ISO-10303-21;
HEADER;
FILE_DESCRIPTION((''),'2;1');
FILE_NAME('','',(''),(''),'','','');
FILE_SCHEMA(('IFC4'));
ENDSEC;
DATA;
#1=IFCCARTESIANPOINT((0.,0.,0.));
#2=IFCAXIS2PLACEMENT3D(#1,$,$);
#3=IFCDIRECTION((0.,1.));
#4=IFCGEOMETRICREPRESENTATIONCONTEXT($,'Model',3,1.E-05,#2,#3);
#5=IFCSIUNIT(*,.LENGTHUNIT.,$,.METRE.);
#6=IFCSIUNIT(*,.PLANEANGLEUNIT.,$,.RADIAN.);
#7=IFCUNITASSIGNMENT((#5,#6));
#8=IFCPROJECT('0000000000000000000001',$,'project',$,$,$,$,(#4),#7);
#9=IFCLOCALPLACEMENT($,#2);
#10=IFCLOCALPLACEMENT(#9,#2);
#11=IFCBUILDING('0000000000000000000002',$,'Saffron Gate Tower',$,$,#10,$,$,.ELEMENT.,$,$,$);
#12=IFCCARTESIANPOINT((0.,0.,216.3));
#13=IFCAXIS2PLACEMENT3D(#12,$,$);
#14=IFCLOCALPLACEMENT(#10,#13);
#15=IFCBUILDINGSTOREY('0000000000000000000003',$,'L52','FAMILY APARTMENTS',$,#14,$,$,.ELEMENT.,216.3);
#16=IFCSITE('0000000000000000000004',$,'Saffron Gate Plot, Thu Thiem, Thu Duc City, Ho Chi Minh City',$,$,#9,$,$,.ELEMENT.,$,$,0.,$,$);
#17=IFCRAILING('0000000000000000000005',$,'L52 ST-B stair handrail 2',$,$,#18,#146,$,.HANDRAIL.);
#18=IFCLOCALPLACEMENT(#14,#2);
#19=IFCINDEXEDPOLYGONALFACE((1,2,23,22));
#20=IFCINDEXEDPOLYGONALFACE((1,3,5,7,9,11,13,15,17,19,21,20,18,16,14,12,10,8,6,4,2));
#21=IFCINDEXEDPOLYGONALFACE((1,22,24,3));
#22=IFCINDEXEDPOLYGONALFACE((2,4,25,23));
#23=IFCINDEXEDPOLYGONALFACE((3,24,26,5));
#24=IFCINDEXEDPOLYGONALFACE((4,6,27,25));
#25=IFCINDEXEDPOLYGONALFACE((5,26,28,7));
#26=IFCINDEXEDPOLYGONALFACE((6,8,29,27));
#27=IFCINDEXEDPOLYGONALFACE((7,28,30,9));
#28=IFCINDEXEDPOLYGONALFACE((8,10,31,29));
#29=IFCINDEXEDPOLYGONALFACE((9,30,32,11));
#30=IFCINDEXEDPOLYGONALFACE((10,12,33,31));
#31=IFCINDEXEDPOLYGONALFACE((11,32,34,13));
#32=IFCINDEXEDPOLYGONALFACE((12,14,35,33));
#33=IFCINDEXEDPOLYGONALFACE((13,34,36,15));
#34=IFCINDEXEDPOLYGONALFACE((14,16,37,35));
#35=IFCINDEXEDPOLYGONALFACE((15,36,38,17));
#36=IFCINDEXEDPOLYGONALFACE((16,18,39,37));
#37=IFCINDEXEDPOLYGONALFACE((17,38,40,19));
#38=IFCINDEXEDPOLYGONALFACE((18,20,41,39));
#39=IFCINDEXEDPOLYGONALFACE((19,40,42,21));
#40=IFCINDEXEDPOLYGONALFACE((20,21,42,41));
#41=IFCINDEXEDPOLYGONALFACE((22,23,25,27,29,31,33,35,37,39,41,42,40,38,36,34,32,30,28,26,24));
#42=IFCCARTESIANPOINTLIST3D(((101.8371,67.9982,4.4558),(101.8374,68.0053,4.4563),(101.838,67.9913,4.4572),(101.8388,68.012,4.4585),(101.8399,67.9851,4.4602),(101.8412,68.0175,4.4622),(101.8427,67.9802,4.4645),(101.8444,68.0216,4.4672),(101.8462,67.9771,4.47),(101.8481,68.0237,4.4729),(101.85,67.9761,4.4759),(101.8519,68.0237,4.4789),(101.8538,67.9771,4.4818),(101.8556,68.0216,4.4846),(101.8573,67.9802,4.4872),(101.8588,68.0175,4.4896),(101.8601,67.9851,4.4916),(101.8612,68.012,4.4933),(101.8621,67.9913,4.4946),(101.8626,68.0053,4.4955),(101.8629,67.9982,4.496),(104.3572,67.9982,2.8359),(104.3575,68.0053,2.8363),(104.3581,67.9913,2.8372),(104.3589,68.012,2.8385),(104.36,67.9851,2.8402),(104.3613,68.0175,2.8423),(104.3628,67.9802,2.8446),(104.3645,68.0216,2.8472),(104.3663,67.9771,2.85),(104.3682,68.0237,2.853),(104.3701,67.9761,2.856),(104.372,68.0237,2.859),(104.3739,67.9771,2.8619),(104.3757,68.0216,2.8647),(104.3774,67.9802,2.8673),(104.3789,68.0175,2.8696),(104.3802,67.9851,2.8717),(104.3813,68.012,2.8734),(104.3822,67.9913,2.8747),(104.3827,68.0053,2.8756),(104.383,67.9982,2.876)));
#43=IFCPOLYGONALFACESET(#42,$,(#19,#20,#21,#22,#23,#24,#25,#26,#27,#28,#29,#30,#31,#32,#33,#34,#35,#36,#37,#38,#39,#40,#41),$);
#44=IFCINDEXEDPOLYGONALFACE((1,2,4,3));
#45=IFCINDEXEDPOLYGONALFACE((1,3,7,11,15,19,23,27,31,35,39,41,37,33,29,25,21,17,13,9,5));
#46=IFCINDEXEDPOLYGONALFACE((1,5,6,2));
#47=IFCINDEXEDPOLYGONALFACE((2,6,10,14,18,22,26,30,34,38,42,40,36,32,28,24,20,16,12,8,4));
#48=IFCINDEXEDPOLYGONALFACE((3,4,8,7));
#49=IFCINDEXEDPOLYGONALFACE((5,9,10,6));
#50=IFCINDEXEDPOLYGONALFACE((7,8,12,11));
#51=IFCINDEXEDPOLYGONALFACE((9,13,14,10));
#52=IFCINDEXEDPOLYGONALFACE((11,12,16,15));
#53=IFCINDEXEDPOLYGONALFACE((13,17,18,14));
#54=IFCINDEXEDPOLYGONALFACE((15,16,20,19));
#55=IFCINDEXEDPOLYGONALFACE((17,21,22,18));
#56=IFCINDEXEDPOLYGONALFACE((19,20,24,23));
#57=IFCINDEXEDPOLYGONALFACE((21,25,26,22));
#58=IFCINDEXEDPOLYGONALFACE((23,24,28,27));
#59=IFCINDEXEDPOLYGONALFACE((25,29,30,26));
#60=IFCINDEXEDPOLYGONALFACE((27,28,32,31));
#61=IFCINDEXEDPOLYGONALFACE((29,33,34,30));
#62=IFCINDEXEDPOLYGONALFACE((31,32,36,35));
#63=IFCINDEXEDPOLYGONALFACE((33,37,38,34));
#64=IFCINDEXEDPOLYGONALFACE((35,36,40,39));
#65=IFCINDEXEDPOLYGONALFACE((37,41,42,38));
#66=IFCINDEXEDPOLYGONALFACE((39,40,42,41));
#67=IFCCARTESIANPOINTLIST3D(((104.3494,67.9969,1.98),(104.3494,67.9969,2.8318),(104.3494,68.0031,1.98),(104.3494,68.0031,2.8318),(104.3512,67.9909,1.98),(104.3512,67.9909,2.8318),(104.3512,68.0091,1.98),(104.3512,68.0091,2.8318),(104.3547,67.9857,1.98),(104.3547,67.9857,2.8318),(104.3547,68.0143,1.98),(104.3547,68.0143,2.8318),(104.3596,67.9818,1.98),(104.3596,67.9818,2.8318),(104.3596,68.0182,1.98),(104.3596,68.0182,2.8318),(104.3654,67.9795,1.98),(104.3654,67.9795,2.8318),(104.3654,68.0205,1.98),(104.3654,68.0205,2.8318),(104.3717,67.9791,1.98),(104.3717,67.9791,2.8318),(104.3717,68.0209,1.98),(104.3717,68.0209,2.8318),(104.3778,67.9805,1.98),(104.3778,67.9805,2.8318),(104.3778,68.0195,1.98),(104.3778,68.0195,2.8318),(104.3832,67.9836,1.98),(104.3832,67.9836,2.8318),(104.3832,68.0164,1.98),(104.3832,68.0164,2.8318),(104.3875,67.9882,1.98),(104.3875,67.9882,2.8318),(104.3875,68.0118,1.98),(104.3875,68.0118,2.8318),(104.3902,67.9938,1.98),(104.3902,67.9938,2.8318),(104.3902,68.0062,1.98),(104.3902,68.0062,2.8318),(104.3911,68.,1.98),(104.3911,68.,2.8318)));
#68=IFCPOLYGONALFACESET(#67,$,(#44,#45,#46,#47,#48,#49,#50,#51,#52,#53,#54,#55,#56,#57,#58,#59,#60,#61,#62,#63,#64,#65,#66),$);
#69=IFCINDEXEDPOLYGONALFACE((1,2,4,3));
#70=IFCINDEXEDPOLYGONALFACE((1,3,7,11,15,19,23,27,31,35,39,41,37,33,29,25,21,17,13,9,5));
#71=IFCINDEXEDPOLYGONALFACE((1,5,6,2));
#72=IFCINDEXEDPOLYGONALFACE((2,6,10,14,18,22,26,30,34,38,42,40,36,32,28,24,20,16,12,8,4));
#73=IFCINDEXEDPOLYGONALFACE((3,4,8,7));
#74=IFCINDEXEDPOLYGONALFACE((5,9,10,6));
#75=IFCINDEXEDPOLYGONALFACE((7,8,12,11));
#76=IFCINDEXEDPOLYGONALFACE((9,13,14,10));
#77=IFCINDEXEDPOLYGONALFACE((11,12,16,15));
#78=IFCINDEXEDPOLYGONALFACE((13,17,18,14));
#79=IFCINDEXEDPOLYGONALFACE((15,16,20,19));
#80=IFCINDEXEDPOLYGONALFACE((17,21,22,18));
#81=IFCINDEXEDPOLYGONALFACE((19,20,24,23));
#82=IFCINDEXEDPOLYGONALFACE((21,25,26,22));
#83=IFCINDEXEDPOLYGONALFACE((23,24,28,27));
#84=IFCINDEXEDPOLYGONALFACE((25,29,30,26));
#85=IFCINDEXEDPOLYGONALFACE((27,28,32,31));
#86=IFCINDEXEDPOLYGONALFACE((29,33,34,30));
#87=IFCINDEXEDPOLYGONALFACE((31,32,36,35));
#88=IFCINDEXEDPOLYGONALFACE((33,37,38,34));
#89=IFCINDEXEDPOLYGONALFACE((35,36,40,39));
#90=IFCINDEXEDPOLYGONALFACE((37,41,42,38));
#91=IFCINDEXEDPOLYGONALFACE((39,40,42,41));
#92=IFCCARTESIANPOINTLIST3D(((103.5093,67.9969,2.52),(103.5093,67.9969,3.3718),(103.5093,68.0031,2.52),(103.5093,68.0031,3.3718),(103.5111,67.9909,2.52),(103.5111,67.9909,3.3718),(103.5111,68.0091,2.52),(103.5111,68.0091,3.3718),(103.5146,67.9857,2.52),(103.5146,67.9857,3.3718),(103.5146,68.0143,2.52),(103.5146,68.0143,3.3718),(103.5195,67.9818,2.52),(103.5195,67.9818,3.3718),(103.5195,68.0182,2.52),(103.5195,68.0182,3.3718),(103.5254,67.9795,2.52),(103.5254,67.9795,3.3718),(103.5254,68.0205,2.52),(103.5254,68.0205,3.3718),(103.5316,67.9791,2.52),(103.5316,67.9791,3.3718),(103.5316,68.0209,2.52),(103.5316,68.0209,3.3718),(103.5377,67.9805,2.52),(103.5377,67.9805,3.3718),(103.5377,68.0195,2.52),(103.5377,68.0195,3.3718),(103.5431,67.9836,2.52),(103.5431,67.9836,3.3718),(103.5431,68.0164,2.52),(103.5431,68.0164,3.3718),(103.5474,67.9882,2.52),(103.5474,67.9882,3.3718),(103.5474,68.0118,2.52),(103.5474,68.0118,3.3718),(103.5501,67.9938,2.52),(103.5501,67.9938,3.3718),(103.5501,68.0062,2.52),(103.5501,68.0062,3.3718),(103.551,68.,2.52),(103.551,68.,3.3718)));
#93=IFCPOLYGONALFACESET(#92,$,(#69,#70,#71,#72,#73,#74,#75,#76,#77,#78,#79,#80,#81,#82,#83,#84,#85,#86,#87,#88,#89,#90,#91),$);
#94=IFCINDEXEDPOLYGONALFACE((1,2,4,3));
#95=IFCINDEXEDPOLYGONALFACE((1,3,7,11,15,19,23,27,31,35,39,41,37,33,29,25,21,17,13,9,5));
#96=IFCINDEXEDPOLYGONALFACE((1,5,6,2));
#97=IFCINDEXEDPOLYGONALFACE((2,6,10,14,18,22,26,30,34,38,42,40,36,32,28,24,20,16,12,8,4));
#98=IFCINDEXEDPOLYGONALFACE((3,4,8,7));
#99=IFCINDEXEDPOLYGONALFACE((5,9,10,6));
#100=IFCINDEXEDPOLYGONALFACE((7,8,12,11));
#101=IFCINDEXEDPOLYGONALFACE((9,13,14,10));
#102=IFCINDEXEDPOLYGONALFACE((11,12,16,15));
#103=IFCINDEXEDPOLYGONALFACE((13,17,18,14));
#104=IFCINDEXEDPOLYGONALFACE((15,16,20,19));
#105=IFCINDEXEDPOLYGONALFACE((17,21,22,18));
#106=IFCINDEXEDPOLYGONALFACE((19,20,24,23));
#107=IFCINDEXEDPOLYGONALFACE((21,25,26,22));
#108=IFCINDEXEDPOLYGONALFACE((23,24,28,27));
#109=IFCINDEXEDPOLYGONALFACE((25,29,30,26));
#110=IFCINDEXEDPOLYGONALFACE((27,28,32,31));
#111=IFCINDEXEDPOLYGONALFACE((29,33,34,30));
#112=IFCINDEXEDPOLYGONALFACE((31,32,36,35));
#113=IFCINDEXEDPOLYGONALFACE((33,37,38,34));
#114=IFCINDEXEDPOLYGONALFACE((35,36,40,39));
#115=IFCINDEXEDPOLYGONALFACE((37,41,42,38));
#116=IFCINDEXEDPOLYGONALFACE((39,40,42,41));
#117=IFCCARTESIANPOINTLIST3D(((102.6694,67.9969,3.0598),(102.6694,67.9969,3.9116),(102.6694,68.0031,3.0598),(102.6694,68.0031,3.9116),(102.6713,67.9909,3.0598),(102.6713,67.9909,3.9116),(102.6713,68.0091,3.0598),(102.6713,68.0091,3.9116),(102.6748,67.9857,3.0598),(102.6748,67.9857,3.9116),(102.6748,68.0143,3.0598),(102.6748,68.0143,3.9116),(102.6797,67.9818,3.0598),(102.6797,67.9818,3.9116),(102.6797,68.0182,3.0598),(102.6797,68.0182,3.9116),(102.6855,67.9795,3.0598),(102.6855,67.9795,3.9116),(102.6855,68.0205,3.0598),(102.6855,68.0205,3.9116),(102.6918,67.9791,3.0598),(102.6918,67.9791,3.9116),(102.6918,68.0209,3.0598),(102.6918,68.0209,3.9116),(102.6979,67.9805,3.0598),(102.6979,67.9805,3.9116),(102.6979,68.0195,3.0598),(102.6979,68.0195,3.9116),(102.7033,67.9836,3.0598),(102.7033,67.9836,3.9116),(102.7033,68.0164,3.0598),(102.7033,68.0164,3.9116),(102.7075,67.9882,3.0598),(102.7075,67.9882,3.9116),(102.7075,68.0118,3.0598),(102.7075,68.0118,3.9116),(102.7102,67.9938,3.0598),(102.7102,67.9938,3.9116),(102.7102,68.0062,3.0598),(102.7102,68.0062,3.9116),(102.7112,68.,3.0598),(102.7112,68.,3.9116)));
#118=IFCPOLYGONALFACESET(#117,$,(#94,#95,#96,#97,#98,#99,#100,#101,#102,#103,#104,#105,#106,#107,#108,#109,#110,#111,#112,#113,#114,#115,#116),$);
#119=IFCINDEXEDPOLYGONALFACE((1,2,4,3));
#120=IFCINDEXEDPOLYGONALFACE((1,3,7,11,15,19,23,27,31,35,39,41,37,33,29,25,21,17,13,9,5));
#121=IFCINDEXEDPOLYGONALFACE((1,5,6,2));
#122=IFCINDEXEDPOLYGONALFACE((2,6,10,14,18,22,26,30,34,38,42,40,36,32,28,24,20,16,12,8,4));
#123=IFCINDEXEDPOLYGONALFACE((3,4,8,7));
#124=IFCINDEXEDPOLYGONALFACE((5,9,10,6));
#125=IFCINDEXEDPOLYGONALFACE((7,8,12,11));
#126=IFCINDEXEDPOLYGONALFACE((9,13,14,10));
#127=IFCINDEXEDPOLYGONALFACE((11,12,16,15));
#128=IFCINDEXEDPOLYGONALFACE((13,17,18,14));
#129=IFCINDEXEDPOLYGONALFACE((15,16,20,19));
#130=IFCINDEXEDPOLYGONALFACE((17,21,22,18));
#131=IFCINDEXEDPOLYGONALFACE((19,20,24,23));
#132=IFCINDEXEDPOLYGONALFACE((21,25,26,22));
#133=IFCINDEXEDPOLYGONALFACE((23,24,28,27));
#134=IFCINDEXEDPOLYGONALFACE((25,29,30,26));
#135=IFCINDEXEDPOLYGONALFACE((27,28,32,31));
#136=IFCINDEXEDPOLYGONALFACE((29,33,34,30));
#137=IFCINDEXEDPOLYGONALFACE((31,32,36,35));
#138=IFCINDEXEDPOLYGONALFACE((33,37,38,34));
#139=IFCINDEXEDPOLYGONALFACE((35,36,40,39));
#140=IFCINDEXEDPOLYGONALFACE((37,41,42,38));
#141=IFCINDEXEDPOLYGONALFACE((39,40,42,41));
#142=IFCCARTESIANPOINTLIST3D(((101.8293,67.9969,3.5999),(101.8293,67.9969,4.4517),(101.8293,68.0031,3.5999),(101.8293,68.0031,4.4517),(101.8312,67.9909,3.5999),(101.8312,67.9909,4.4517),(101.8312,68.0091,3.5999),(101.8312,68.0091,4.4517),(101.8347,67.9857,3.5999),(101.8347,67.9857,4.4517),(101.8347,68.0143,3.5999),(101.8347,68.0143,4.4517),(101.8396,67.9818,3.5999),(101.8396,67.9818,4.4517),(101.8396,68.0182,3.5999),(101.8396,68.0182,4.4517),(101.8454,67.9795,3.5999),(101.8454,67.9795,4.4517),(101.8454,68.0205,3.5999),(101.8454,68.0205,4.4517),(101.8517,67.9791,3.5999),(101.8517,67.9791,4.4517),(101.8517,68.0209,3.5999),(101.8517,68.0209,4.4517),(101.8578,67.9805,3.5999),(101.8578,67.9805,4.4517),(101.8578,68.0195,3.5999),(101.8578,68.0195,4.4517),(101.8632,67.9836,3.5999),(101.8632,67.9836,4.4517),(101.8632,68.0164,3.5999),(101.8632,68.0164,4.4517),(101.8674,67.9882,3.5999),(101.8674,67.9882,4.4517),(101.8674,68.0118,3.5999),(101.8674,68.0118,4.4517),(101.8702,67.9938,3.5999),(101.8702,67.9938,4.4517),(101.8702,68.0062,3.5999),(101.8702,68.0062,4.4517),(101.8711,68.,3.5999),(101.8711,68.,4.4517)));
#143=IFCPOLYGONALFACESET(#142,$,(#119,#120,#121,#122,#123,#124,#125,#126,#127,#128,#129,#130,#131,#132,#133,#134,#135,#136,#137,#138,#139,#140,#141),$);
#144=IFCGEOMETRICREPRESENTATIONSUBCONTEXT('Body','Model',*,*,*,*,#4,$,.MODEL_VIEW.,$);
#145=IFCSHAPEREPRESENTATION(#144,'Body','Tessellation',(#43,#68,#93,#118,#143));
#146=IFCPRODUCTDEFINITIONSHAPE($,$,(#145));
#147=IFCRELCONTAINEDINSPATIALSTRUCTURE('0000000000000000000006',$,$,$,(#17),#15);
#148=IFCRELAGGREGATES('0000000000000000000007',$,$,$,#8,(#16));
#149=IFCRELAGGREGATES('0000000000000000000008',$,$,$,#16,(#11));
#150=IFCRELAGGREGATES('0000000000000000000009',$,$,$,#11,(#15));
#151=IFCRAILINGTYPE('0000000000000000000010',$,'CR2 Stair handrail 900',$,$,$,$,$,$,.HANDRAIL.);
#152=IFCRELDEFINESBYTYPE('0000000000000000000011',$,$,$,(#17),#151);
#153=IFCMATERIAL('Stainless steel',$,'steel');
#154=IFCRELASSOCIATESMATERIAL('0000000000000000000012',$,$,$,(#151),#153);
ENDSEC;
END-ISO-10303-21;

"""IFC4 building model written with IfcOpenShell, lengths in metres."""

from ifc_helpers import new_model, si_unit, direction, frame, origin, origin_2d, place, context, subcontext, project, spatial, circle, extrude, material, type_object, element, save


model = new_model("IFC4")

# Units and contexts
model_context = context("Model", 3, precision=1e-05, world=origin(), true_north=direction((0.0, 1.0)))
body_context = subcontext(model_context, "Body", "Model", "MODEL_VIEW")
ifc_project = project(units=[si_unit("LENGTHUNIT", "METRE"), si_unit("PLANEANGLEUNIT", "RADIAN")], contexts=[model_context])

# Site, building, storey
site_placement = place(None, origin())
site = spatial("IfcSite", under=ifc_project, at=site_placement, Name="Saffron Gate Plot, Thu Thiem, Thu Duc City, Ho Chi Minh City", CompositionType="ELEMENT", RefElevation=0.0)
building_placement = place(site_placement, origin())
building = spatial("IfcBuilding", under=site, at=building_placement, Name="Saffron Gate Tower", CompositionType="ELEMENT")
storey_placement = place(building_placement, frame((0.0, 0.0, 216.3)))
storey = spatial("IfcBuildingStorey", under=building, at=storey_placement, Name="L52", Description="FAMILY APARTMENTS", CompositionType="ELEMENT", Elevation=216.3)

# Railing
ifc_material_1 = material(Name="Stainless steel", Category="steel")
railing_type_1 = type_object("IfcRailingType", Name="CR2 Stair handrail 900", PredefinedType="HANDRAIL", material=ifc_material_1)
railing_1_placement = place(storey_placement, frame((104.3701, 68.0, 1.98)))
element("IfcRailing", 1, at=railing_1_placement, inside=storey, type_object=railing_type_1, Name="L52 ST-B stair handrail 2", PredefinedType="HANDRAIL", context=body_context, shape_type="SweptSolid", body=[
    extrude(circle(Radius=0.0239, at=origin_2d()), frame((0.0, 0.0, 0.876), z_axis=(-0.8412, 0.0, 0.540725), x_axis=(0.0, -1.0, 0.0)), (0.0, 0.0, 1.0), 2.9958),
    extrude(circle(Radius=0.021, at=origin_2d()), origin(), (0.0, 0.0, 1.0), 0.8518),
    extrude(circle(Radius=0.021, at=origin_2d()), frame((-0.8401, 0.0, 0.54)), (0.0, 0.0, 1.0), 0.8518),
    extrude(circle(Radius=0.021, at=origin_2d()), frame((-1.6799, 0.0, 1.0798)), (0.0, 0.0, 1.0), 0.8518),
    extrude(circle(Radius=0.021, at=origin_2d()), frame((-2.52, 0.0, 1.6199)), (0.0, 0.0, 1.0), 0.8518),
])

save(model, "model.ifc")
